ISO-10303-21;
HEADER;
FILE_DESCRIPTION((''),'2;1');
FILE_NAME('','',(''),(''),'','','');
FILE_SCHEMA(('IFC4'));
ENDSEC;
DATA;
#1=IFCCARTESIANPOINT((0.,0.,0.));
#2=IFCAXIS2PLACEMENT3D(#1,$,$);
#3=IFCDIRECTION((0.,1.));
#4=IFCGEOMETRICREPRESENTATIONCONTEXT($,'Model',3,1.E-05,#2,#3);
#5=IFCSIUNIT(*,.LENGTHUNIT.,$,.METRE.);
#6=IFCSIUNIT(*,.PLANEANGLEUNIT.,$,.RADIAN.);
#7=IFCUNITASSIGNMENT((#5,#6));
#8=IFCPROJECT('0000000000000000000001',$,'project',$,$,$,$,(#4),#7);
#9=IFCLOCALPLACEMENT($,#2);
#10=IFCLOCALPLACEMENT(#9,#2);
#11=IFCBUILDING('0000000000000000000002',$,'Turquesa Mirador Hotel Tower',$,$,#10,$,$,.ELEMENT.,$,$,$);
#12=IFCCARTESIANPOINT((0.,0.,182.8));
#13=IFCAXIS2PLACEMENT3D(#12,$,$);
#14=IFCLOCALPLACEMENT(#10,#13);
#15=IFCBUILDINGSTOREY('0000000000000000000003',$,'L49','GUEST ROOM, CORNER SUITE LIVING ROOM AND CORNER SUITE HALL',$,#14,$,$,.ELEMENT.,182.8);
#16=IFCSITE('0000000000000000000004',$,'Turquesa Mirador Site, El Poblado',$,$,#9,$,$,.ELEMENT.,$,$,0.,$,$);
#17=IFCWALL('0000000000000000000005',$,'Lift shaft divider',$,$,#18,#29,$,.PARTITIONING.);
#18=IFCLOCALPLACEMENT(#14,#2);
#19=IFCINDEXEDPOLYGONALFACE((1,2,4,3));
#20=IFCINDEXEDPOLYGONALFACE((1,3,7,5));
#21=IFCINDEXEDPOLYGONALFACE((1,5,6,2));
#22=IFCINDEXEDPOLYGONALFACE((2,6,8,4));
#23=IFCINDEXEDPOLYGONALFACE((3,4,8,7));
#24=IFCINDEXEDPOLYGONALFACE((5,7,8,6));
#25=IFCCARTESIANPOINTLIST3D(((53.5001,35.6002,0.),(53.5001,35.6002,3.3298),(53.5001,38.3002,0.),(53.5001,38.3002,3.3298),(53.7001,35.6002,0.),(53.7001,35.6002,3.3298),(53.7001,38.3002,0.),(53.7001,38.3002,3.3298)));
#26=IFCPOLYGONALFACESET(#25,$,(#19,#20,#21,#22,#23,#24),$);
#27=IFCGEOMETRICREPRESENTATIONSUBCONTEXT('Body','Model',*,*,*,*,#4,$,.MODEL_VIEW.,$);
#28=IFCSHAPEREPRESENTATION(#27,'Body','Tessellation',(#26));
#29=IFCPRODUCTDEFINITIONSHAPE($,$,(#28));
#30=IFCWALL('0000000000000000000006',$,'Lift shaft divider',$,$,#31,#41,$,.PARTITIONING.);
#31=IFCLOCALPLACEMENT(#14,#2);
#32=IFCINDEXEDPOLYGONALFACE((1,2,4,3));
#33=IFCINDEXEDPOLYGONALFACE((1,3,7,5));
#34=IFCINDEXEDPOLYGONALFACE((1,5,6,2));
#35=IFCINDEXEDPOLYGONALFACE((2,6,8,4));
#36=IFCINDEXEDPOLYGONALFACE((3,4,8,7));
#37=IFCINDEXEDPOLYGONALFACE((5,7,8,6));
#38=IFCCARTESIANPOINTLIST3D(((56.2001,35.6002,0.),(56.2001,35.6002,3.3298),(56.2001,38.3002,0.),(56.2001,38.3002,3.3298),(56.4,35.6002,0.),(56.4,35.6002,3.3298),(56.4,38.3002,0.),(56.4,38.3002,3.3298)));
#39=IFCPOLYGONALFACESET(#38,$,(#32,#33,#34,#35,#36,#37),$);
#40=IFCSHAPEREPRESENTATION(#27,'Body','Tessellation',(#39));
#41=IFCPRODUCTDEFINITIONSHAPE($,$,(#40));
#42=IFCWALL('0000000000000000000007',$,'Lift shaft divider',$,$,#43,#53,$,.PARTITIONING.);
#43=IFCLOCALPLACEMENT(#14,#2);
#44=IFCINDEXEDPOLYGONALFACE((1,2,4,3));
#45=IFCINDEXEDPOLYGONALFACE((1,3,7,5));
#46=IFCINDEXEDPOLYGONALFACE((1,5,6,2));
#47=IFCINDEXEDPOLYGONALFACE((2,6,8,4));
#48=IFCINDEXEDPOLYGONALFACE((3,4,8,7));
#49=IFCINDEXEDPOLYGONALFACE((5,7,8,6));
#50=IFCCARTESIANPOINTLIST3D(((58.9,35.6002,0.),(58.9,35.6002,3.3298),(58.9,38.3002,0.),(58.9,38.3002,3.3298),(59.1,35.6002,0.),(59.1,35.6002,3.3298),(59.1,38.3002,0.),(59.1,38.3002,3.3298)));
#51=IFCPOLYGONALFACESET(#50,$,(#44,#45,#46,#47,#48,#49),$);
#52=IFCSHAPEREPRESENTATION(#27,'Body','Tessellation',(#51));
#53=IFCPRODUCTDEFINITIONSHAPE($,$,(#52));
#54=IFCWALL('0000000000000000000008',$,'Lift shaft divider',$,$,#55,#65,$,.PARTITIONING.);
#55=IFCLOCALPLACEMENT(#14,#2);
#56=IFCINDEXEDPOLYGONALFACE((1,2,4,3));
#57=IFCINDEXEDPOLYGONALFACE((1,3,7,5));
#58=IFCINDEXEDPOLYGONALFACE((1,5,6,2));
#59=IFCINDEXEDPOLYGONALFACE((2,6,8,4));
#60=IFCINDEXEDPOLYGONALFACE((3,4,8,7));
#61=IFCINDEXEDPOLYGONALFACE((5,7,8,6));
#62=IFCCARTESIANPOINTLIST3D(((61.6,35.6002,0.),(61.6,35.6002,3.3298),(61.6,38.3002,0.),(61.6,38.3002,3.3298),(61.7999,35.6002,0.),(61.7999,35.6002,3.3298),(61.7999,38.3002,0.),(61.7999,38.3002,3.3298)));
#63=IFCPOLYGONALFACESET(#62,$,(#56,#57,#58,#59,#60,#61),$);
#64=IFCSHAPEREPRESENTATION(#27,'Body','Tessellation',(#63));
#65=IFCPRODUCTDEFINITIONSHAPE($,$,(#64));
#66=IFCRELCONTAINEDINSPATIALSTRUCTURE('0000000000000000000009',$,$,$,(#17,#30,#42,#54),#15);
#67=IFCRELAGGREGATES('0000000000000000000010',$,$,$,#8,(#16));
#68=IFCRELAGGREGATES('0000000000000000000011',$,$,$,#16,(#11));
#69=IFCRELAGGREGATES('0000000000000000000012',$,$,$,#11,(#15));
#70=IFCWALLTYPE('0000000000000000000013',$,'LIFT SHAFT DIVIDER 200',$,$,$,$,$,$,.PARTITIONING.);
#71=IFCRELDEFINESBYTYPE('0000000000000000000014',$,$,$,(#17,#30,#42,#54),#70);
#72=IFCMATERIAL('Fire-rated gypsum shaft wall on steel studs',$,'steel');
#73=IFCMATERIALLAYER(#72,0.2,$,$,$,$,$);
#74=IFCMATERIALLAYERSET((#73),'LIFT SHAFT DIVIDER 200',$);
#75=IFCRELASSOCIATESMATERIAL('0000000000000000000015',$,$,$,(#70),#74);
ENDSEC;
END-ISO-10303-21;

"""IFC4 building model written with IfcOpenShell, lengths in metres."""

from ifc_helpers import new_model, si_unit, direction, frame, frame_2d, origin, place, context, subcontext, project, spatial, rectangle, extrude, material, layer, layer_set, type_object, element, save


model = new_model("IFC4")

# Units and contexts
model_context = context("Model", 3, precision=1e-05, world=origin(), true_north=direction((0.0, 1.0)))
body_context = subcontext(model_context, "Body", "Model", "MODEL_VIEW")
ifc_project = project(units=[si_unit("LENGTHUNIT", "METRE"), si_unit("PLANEANGLEUNIT", "RADIAN")], contexts=[model_context])

# Site, building, storey
site_placement = place(None, origin())
site = spatial("IfcSite", under=ifc_project, at=site_placement, Name="Turquesa Mirador Site, El Poblado", CompositionType="ELEMENT", RefElevation=0.0)
building_placement = place(site_placement, origin())
building = spatial("IfcBuilding", under=site, at=building_placement, Name="Turquesa Mirador Hotel Tower", CompositionType="ELEMENT")
storey_placement = place(building_placement, frame((0.0, 0.0, 182.8)))
storey = spatial("IfcBuildingStorey", under=building, at=storey_placement, Name="L49", Description="GUEST ROOM, CORNER SUITE LIVING ROOM AND CORNER SUITE HALL", CompositionType="ELEMENT", Elevation=182.8)

# Walls
ifc_material_1 = material(Name="Fire-rated gypsum shaft wall on steel studs", Category="steel")
ifc_layer_1 = layer(ifc_material_1, 0.2)
ifc_layer_set_1 = layer_set([ifc_layer_1], Name="LIFT SHAFT DIVIDER 200")
wall_type_1 = type_object("IfcWallType", Name="LIFT SHAFT DIVIDER 200", PredefinedType="PARTITIONING", material=ifc_layer_set_1)
for number, where, z_axis, x_axis, name in (
    (1, (53.6001, 35.6001, 0.0), (0.0, 0.0, 1.0), (0.0, 1.0, 0.0), "Lift shaft divider"),
    (2, (56.3, 35.6001, 0.0), (0.0, 0.0, 1.0), (0.0, 1.0, 0.0), "Lift shaft divider"),
    (3, (59.0, 35.6001, 0.0), (0.0, 0.0, 1.0), (0.0, 1.0, 0.0), "Lift shaft divider"),
    (4, (61.7, 35.6001, 0.0), (0.0, 0.0, 1.0), (0.0, 1.0, 0.0), "Lift shaft divider"),
):
    element("IfcWall", number, at=place(storey_placement, frame(where, z_axis=z_axis, x_axis=x_axis)), inside=storey, type_object=wall_type_1, Name=name, PredefinedType="PARTITIONING", context=body_context, shape_type="SweptSolid", body=[
        extrude(rectangle(XDim=2.7, YDim=0.2, at=frame_2d((1.3501, 0.0))), origin(), (0.0, 0.0, 1.0), 3.3298),
    ])

save(model, "model.ifc")
